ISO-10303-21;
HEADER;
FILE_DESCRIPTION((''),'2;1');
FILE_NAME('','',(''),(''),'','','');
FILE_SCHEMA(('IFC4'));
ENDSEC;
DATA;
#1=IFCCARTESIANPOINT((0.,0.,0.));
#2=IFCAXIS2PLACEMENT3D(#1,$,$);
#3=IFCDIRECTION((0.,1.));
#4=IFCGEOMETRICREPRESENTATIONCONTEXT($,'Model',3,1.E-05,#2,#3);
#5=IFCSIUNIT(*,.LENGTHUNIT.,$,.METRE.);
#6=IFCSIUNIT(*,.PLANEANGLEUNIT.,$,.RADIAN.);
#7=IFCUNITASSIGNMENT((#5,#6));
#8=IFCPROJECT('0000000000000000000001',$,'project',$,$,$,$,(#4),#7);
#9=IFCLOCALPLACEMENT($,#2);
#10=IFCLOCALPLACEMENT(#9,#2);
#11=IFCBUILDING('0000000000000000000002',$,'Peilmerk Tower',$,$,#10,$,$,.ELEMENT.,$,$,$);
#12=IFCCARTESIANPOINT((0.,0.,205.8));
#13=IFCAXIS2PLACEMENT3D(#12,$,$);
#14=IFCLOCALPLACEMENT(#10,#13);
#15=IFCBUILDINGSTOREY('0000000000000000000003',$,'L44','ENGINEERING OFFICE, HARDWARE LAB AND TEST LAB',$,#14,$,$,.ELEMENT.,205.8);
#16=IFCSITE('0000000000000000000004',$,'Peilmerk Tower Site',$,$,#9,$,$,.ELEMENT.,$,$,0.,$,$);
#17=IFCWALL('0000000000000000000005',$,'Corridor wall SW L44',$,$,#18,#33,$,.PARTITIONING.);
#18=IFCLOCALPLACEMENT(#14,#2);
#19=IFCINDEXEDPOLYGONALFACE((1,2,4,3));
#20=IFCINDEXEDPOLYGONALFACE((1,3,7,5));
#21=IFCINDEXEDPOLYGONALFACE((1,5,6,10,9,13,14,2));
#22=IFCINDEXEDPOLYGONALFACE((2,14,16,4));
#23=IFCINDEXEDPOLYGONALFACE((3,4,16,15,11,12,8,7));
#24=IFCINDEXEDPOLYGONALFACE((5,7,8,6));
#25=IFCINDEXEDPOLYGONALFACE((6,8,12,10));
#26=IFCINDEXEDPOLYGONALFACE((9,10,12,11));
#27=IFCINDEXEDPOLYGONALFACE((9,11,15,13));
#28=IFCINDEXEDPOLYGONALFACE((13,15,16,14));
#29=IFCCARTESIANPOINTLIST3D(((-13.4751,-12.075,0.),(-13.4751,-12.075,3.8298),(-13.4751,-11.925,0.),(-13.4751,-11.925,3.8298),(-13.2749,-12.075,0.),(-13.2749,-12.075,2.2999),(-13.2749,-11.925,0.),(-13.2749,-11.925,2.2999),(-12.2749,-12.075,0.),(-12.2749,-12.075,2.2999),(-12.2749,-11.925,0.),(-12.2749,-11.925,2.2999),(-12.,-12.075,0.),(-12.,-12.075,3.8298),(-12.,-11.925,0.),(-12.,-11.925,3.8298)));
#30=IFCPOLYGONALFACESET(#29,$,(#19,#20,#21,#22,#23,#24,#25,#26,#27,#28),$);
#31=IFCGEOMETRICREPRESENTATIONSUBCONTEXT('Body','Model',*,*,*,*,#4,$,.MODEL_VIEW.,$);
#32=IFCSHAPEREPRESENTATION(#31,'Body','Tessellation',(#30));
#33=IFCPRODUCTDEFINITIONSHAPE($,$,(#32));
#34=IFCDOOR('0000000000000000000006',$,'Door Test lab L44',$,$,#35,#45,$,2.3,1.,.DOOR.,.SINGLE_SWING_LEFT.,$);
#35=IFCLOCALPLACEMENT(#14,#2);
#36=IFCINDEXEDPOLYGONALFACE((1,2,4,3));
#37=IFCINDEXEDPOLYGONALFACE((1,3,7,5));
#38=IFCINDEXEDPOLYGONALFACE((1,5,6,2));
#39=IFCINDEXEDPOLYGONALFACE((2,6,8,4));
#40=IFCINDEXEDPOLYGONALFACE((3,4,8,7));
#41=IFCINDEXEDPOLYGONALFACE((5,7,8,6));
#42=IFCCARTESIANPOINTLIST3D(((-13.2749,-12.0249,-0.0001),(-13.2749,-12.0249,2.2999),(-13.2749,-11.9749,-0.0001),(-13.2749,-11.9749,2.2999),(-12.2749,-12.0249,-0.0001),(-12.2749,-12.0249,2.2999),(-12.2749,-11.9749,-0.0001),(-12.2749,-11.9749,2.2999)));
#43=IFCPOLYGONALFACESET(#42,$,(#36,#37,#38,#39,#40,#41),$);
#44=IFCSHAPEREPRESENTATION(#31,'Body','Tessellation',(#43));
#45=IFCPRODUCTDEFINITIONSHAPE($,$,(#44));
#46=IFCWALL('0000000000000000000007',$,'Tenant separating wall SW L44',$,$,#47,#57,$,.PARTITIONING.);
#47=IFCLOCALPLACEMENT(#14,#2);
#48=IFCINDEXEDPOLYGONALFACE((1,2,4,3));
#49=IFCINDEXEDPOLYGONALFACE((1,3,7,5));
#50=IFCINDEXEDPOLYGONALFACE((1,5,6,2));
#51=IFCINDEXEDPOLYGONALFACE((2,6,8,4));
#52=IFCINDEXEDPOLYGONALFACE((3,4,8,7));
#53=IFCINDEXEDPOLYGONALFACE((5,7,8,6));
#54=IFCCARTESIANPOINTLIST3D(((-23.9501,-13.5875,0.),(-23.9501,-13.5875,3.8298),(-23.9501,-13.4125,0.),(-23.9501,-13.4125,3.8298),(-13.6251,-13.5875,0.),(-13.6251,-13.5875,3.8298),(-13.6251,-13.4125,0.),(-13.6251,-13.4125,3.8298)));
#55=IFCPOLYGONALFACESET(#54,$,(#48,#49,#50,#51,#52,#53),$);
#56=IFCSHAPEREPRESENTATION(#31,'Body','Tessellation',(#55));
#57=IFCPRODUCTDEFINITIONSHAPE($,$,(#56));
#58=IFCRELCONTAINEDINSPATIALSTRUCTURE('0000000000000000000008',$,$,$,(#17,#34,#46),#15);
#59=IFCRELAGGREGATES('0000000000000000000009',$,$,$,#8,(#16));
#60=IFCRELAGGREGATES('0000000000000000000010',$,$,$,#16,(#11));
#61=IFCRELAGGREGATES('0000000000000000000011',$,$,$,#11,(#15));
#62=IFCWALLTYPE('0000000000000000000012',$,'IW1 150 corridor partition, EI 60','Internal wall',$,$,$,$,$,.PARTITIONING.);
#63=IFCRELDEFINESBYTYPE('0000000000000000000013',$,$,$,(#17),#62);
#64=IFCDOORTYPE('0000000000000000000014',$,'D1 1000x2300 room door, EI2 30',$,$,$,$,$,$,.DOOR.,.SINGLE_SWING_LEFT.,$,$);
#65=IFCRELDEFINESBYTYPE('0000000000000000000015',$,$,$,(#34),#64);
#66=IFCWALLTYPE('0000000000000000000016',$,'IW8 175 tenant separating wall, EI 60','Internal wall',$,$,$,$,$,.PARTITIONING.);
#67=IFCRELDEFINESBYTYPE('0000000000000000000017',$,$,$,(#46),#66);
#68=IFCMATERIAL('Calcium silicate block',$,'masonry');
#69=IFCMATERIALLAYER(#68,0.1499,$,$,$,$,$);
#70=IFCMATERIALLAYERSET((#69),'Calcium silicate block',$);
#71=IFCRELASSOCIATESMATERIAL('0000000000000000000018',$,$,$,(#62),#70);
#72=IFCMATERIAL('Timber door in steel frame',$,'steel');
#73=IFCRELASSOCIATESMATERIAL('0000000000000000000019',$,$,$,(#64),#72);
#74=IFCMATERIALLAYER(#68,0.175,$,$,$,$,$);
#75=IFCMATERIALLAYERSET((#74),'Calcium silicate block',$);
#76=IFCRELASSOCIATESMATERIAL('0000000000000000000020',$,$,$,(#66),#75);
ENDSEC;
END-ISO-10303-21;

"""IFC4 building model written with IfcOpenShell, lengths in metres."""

from ifc_helpers import new_model, si_unit, direction, frame, frame_2d, origin, place, context, subcontext, project, spatial, rectangle, extrude, material, layer, layer_set, type_object, element, fill, save


model = new_model("IFC4")

# Units and contexts
model_context = context("Model", 3, precision=1e-05, world=origin(), true_north=direction((0.0, 1.0)))
body_context = subcontext(model_context, "Body", "Model", "MODEL_VIEW")
ifc_project = project(units=[si_unit("LENGTHUNIT", "METRE"), si_unit("PLANEANGLEUNIT", "RADIAN")], contexts=[model_context])

# Site, building, storey
site_placement = place(None, origin())
site = spatial("IfcSite", under=ifc_project, at=site_placement, Name="Peilmerk Tower Site", CompositionType="ELEMENT", RefElevation=0.0)
building_placement = place(site_placement, origin())
building = spatial("IfcBuilding", under=site, at=building_placement, Name="Peilmerk Tower", CompositionType="ELEMENT")
storey_placement = place(building_placement, frame((0.0, 0.0, 205.8)))
storey = spatial("IfcBuildingStorey", under=building, at=storey_placement, Name="L44", Description="ENGINEERING OFFICE, HARDWARE LAB AND TEST LAB", CompositionType="ELEMENT", Elevation=205.8)

# Wall, opening, door
ifc_material_1 = material(Name="Calcium silicate block", Category="masonry")
ifc_layer_1 = layer(ifc_material_1, 0.1499)
ifc_layer_set_1 = layer_set([ifc_layer_1], Name="Calcium silicate block")
wall_type_1 = type_object("IfcWallType", Name="IW1 150 corridor partition, EI 60", Description="Internal wall", PredefinedType="PARTITIONING", material=ifc_layer_set_1)
wall_1_placement = place(storey_placement, frame((-12.0, -12.0, 0.0), z_axis=(0.0, 0.0, 1.0), x_axis=(-1.0, 0.0, 0.0)))
wall_1 = element("IfcWall", 1, at=wall_1_placement, inside=storey, type_object=wall_type_1, Name="Corridor wall SW L44", PredefinedType="PARTITIONING", context=body_context, shape_type="SweptSolid", body=[
    extrude(rectangle(XDim=1.4751, YDim=0.1499, at=frame_2d((0.7375, 0.0))), origin(), (0.0, 0.0, 1.0), 3.8298),
])
opening_placement = place(wall_1_placement, frame((0.2749, 0.0, 0.0)))
opening = element("IfcOpeningElement", 2, at=opening_placement, cuts=wall_1, PredefinedType="OPENING", context=body_context, shape_type="SweptSolid", body=[
    extrude(rectangle(XDim=1.0, YDim=2.3, at=frame_2d((0.5, 1.1499))), frame((0.0, 0.085, 0.0), z_axis=(0.0, -1.0, 0.0), x_axis=(1.0, 0.0, 0.0)), (0.0, 0.0, 1.0), 0.1699),
])
ifc_material_2 = material(Name="Timber door in steel frame", Category="steel")
door_type = type_object("IfcDoorType", Name="D1 1000x2300 room door, EI2 30", OperationType="SINGLE_SWING_LEFT", PredefinedType="DOOR", material=ifc_material_2)
door_placement = place(opening_placement, origin())
door = element("IfcDoor", 3, at=door_placement, inside=storey, type_object=door_type, Name="Door Test lab L44", OperationType="SINGLE_SWING_LEFT", OverallHeight=2.3, OverallWidth=1.0, PredefinedType="DOOR", context=body_context, shape_type="SweptSolid", body=[
    extrude(rectangle(XDim=1.0, YDim=2.3, at=frame_2d((0.5, 1.1499))), frame((0.0, 0.0249, 0.0), z_axis=(0.0, -1.0, 0.0), x_axis=(1.0, 0.0, 0.0)), (0.0, 0.0, 1.0), 0.05),
])
fill(opening, door)

# Wall
ifc_layer_2 = layer(ifc_material_1, 0.175)
ifc_layer_set_2 = layer_set([ifc_layer_2], Name="Calcium silicate block")
wall_type_2 = type_object("IfcWallType", Name="IW8 175 tenant separating wall, EI 60", Description="Internal wall", PredefinedType="PARTITIONING", material=ifc_layer_set_2)
wall_2_placement = place(storey_placement, frame((-13.625, -13.5, 0.0), z_axis=(0.0, 0.0, 1.0), x_axis=(-1.0, 0.0, 0.0)))
element("IfcWall", 4, at=wall_2_placement, inside=storey, type_object=wall_type_2, Name="Tenant separating wall SW L44", PredefinedType="PARTITIONING", context=body_context, shape_type="SweptSolid", body=[
    extrude(rectangle(XDim=10.325, YDim=0.175, at=frame_2d((5.1626, 0.0))), origin(), (0.0, 0.0, 1.0), 3.8298),
])

save(model, "model.ifc")
